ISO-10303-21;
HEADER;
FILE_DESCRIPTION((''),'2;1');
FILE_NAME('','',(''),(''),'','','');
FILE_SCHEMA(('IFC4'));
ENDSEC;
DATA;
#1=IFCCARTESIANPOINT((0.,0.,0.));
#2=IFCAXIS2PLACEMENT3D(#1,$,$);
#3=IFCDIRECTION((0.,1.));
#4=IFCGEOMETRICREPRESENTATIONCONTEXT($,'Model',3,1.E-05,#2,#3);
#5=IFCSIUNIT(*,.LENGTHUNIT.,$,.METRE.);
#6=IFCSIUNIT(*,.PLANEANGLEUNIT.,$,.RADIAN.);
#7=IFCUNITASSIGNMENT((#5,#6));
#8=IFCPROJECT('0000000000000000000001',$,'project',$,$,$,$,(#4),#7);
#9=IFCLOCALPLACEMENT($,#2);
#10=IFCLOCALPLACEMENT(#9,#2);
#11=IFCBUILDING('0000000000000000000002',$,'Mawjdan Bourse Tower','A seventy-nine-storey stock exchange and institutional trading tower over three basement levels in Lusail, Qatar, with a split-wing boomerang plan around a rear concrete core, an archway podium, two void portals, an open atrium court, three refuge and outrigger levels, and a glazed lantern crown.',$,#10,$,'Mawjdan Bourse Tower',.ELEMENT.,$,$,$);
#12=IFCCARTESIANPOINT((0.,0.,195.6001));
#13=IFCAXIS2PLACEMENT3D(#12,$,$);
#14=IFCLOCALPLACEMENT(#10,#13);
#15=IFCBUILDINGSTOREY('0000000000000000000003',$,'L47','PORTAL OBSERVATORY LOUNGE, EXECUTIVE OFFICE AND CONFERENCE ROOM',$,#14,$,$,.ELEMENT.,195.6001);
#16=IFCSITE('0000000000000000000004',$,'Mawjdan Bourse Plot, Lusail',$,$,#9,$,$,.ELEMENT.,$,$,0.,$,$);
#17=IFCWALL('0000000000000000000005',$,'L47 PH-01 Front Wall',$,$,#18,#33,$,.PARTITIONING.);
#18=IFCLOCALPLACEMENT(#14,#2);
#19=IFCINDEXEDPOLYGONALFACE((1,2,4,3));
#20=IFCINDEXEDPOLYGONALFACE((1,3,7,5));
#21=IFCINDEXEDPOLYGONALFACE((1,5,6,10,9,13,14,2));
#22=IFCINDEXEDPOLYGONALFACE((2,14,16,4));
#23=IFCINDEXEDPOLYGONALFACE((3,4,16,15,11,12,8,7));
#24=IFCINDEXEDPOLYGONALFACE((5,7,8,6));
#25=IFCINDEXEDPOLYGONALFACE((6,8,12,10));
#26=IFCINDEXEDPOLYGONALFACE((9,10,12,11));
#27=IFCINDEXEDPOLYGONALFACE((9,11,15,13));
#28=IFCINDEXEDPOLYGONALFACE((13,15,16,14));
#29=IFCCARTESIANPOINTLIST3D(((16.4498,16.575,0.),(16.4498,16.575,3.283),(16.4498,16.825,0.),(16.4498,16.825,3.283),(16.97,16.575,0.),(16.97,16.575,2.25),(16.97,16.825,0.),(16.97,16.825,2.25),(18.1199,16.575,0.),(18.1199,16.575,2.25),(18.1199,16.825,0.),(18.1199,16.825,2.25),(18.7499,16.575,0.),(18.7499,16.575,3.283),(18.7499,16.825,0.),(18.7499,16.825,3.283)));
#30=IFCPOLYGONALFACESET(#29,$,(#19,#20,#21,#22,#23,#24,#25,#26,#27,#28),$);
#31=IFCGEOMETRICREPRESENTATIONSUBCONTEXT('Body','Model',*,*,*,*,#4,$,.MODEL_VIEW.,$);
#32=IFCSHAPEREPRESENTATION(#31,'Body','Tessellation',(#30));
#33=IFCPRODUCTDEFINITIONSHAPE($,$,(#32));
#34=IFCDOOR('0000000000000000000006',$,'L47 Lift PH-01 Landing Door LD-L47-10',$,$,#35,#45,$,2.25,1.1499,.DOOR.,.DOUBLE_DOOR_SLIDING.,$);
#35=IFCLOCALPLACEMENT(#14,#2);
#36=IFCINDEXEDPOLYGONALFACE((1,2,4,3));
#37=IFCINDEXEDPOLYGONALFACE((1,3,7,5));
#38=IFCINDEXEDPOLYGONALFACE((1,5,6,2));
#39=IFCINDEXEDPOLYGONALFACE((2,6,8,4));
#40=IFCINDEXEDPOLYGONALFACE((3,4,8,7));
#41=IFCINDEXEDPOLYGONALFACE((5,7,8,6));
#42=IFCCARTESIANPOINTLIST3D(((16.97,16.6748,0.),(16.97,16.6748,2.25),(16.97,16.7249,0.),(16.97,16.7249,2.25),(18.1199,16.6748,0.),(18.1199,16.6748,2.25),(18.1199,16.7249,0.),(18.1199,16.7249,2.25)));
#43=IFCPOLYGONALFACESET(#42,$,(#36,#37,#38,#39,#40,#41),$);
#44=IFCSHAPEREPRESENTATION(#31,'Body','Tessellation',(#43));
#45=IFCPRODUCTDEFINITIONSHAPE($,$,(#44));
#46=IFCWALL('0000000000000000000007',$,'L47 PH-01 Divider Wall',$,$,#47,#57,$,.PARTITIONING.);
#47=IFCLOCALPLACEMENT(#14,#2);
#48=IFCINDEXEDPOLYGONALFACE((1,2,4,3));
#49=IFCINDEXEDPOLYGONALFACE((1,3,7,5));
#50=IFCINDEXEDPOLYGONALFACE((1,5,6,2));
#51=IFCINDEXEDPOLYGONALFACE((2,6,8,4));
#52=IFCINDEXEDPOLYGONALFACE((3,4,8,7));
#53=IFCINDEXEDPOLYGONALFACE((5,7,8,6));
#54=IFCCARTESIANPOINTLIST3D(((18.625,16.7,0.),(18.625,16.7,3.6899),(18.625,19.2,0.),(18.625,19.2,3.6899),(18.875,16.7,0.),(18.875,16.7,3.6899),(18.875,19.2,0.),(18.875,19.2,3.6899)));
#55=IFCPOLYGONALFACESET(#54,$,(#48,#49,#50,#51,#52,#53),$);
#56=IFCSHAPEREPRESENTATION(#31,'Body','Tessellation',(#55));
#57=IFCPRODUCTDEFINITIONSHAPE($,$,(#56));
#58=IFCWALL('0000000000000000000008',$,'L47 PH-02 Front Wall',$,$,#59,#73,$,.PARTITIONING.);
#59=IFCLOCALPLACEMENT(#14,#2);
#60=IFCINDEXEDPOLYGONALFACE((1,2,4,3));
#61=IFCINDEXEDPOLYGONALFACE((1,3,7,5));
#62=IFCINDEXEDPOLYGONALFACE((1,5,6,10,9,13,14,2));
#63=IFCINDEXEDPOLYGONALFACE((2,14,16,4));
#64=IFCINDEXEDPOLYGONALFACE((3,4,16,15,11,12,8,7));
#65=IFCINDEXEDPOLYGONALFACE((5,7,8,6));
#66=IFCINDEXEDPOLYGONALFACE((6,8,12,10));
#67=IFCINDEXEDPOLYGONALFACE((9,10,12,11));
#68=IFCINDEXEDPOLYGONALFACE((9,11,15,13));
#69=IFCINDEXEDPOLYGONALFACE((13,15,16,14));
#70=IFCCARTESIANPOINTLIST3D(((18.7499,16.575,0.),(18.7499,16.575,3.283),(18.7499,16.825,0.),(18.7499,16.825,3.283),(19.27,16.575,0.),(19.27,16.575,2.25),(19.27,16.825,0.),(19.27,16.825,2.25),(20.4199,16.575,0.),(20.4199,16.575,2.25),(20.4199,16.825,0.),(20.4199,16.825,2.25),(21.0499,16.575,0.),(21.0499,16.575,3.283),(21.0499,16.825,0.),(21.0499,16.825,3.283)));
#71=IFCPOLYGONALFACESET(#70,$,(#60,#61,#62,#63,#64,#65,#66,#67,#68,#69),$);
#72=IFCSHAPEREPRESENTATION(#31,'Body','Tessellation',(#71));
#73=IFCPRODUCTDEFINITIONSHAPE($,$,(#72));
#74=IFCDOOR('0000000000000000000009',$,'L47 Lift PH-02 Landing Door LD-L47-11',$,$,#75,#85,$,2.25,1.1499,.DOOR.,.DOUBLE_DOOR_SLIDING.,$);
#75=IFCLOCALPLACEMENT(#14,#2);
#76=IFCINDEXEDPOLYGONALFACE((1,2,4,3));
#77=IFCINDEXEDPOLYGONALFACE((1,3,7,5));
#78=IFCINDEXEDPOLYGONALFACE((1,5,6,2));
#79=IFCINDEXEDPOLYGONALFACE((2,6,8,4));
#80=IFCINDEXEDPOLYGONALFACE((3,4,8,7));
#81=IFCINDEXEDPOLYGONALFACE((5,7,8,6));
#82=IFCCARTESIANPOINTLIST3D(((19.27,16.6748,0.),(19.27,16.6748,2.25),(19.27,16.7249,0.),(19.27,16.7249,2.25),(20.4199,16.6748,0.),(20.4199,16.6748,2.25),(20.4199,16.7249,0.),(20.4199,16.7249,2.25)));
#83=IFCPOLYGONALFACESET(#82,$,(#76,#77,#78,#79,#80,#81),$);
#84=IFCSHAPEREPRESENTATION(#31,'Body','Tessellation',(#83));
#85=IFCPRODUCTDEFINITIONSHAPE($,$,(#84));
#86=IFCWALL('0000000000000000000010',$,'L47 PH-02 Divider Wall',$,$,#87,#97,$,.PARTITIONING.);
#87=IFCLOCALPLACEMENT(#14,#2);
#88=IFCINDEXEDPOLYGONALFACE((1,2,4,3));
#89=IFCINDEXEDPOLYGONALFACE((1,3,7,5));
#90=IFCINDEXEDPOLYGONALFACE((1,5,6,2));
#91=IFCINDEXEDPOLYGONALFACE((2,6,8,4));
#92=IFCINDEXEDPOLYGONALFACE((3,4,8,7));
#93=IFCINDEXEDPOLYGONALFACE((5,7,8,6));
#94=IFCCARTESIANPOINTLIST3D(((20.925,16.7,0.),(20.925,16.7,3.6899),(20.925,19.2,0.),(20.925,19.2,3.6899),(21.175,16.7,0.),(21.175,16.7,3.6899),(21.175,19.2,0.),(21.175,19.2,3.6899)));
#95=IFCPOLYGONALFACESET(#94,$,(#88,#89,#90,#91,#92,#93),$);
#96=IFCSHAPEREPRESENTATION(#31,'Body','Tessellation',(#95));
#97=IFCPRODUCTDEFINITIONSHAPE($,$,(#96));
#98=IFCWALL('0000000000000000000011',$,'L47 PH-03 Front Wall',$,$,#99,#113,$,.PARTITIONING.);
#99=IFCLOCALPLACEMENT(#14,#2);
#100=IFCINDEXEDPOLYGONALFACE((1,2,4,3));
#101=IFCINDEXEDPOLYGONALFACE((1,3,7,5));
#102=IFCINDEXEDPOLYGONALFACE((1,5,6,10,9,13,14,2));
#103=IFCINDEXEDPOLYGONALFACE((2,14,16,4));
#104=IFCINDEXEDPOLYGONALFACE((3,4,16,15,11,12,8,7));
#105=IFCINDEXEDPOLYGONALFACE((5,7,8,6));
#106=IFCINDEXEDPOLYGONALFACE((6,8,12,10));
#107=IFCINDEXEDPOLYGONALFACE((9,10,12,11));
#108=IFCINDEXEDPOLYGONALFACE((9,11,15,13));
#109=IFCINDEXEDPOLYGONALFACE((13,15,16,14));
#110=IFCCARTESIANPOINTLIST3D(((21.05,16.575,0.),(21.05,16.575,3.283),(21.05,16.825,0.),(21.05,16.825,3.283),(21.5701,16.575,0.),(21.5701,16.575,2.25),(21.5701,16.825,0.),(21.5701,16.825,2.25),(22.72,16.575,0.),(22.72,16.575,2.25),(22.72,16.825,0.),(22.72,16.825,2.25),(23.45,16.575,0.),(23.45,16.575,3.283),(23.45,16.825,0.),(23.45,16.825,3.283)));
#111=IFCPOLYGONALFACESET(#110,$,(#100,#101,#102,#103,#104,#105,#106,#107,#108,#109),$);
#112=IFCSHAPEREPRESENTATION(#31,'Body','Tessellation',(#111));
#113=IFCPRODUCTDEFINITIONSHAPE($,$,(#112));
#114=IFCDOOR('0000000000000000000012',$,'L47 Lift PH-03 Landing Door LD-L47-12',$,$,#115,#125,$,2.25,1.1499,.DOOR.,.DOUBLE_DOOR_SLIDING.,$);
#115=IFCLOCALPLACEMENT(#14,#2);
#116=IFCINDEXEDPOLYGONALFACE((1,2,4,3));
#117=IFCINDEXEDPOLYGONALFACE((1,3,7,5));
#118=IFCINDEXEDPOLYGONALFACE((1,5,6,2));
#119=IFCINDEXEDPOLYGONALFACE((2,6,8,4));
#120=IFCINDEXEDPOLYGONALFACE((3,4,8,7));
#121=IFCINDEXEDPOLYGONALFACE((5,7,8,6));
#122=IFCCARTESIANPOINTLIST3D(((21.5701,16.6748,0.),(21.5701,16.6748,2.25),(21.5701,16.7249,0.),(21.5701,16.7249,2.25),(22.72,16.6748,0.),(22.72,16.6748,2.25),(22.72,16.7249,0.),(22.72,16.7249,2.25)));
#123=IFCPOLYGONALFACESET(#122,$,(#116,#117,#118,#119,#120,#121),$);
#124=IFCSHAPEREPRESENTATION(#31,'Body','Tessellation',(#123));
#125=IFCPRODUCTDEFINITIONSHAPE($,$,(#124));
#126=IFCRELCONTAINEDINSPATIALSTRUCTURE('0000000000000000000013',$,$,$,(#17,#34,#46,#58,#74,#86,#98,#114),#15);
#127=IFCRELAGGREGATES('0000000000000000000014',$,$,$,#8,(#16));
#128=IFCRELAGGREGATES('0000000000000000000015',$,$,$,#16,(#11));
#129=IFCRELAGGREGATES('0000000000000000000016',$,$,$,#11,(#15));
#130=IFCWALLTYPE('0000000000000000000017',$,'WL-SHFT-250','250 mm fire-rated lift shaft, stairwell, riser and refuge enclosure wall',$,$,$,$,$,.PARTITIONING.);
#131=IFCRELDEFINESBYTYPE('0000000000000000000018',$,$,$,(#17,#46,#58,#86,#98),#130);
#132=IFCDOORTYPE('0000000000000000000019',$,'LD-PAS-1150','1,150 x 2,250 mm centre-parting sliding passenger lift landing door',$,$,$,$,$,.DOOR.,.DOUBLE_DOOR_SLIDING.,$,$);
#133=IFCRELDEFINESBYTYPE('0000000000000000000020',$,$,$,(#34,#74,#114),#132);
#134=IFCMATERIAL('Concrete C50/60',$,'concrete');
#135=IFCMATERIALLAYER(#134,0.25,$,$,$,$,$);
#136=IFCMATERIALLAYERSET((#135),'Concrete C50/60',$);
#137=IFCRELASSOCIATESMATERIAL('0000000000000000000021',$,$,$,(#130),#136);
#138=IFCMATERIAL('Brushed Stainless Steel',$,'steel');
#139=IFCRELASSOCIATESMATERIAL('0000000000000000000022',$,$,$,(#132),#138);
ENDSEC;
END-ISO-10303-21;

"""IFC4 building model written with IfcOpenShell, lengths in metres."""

from ifc_helpers import new_model, si_unit, direction, frame, frame_2d, origin, place, context, subcontext, project, spatial, rectangle, extrude, material, layer, layer_set, type_object, element, fill, save


model = new_model("IFC4")

# Units and contexts
model_context = context("Model", 3, precision=1e-05, world=origin(), true_north=direction((0.0, 1.0)))
body_context = subcontext(model_context, "Body", "Model", "MODEL_VIEW")
ifc_project = project(units=[si_unit("LENGTHUNIT", "METRE"), si_unit("PLANEANGLEUNIT", "RADIAN")], contexts=[model_context])

# Site, building, storey
site_placement = place(None, origin())
site = spatial("IfcSite", under=ifc_project, at=site_placement, Name="Mawjdan Bourse Plot, Lusail", CompositionType="ELEMENT", RefElevation=0.0)
building_placement = place(site_placement, origin())
building = spatial("IfcBuilding", under=site, at=building_placement, Name="Mawjdan Bourse Tower", Description="A seventy-nine-storey stock exchange and institutional trading tower over three basement levels in Lusail, Qatar, with a split-wing boomerang plan around a rear concrete core, an archway podium, two void portals, an open atrium court, three refuge and outrigger levels, and a glazed lantern crown.", LongName="Mawjdan Bourse Tower", CompositionType="ELEMENT")
storey_placement = place(building_placement, frame((0.0, 0.0, 195.6001)))
storey = spatial("IfcBuildingStorey", under=building, at=storey_placement, Name="L47", Description="PORTAL OBSERVATORY LOUNGE, EXECUTIVE OFFICE AND CONFERENCE ROOM", CompositionType="ELEMENT", Elevation=195.6001)

# Shared definitions
ifc_material_1 = material(Name="Concrete C50/60", Category="concrete")
ifc_layer_1 = layer(ifc_material_1, 0.25)
ifc_layer_set_1 = layer_set([ifc_layer_1], Name="Concrete C50/60")
wall_type_1 = type_object("IfcWallType", Name="WL-SHFT-250", Description="250 mm fire-rated lift shaft, stairwell, riser and refuge enclosure wall", PredefinedType="PARTITIONING", material=ifc_layer_set_1)

# Wall, opening, door
wall_1_placement = place(storey_placement, frame((16.45, 16.7, 0.0), z_axis=(0.0, 0.0, 1.0), x_axis=(1.0, 0.0, 0.0)))
wall_1 = element("IfcWall", 1, at=wall_1_placement, inside=storey, type_object=wall_type_1, Name="L47 PH-01 Front Wall", PredefinedType="PARTITIONING", context=body_context, shape_type="SweptSolid", body=[
    extrude(rectangle(XDim=2.3, YDim=0.25, at=frame_2d((1.1499, 0.0))), origin(), (0.0, 0.0, 1.0), 3.283),
])
opening_1_placement = place(wall_1_placement, frame((0.52, 0.0, 0.0)))
opening_1 = element("IfcOpeningElement", 2, at=opening_1_placement, cuts=wall_1, PredefinedType="OPENING", context=body_context, shape_type="SweptSolid", body=[
    extrude(rectangle(XDim=1.1499, YDim=2.25, at=frame_2d((0.575, 1.125))), frame((0.0, 0.135, 0.0), z_axis=(0.0, -1.0, 0.0), x_axis=(1.0, 0.0, 0.0)), (0.0, 0.0, 1.0), 0.27),
])
ifc_material_2 = material(Name="Brushed Stainless Steel", Category="steel")
door_type_1 = type_object("IfcDoorType", Name="LD-PAS-1150", Description="1,150 x 2,250 mm centre-parting sliding passenger lift landing door", OperationType="DOUBLE_DOOR_SLIDING", PredefinedType="DOOR", material=ifc_material_2)
door_1_placement = place(opening_1_placement, origin())
door_1 = element("IfcDoor", 3, at=door_1_placement, inside=storey, type_object=door_type_1, Name="L47 Lift PH-01 Landing Door LD-L47-10", OperationType="DOUBLE_DOOR_SLIDING", OverallHeight=2.25, OverallWidth=1.1499, PredefinedType="DOOR", context=body_context, shape_type="SweptSolid", body=[
    extrude(rectangle(XDim=1.1499, YDim=2.25, at=frame_2d((0.575, 1.125))), frame((0.0, 0.0249, 0.0), z_axis=(0.0, -1.0, 0.0), x_axis=(1.0, 0.0, 0.0)), (0.0, 0.0, 1.0), 0.05),
])
fill(opening_1, door_1)

# Wall
wall_2_placement = place(storey_placement, frame((18.75, 16.7, 0.0), z_axis=(0.0, 0.0, 1.0), x_axis=(0.0, 1.0, 0.0)))
element("IfcWall", 4, at=wall_2_placement, inside=storey, type_object=wall_type_1, Name="L47 PH-01 Divider Wall", PredefinedType="PARTITIONING", context=body_context, shape_type="SweptSolid", body=[
    extrude(rectangle(XDim=2.5, YDim=0.25, at=frame_2d((1.25, 0.0))), origin(), (0.0, 0.0, 1.0), 3.6899),
])

# Wall, opening, door
wall_3_placement = place(storey_placement, frame((18.75, 16.7, 0.0), z_axis=(0.0, 0.0, 1.0), x_axis=(1.0, 0.0, 0.0)))
wall_3 = element("IfcWall", 5, at=wall_3_placement, inside=storey, type_object=wall_type_1, Name="L47 PH-02 Front Wall", PredefinedType="PARTITIONING", context=body_context, shape_type="SweptSolid", body=[
    extrude(rectangle(XDim=2.3, YDim=0.25, at=frame_2d((1.1499, 0.0))), origin(), (0.0, 0.0, 1.0), 3.283),
])
opening_2_placement = place(wall_3_placement, frame((0.52, 0.0, 0.0)))
opening_2 = element("IfcOpeningElement", 6, at=opening_2_placement, cuts=wall_3, PredefinedType="OPENING", context=body_context, shape_type="SweptSolid", body=[
    extrude(rectangle(XDim=1.1499, YDim=2.25, at=frame_2d((0.575, 1.125))), frame((0.0, 0.135, 0.0), z_axis=(0.0, -1.0, 0.0), x_axis=(1.0, 0.0, 0.0)), (0.0, 0.0, 1.0), 0.27),
])
door_2_placement = place(opening_2_placement, origin())
door_2 = element("IfcDoor", 7, at=door_2_placement, inside=storey, type_object=door_type_1, Name="L47 Lift PH-02 Landing Door LD-L47-11", OperationType="DOUBLE_DOOR_SLIDING", OverallHeight=2.25, OverallWidth=1.1499, PredefinedType="DOOR", context=body_context, shape_type="SweptSolid", body=[
    extrude(rectangle(XDim=1.1499, YDim=2.25, at=frame_2d((0.575, 1.125))), frame((0.0, 0.0249, 0.0), z_axis=(0.0, -1.0, 0.0), x_axis=(1.0, 0.0, 0.0)), (0.0, 0.0, 1.0), 0.05),
])
fill(opening_2, door_2)

# Wall
wall_4_placement = place(storey_placement, frame((21.05, 16.7, 0.0), z_axis=(0.0, 0.0, 1.0), x_axis=(0.0, 1.0, 0.0)))
element("IfcWall", 8, at=wall_4_placement, inside=storey, type_object=wall_type_1, Name="L47 PH-02 Divider Wall", PredefinedType="PARTITIONING", context=body_context, shape_type="SweptSolid", body=[
    extrude(rectangle(XDim=2.5, YDim=0.25, at=frame_2d((1.25, 0.0))), origin(), (0.0, 0.0, 1.0), 3.6899),
])

# Wall, opening, door
wall_5_placement = place(storey_placement, frame((21.05, 16.7, 0.0), z_axis=(0.0, 0.0, 1.0), x_axis=(1.0, 0.0, 0.0)))
wall_5 = element("IfcWall", 9, at=wall_5_placement, inside=storey, type_object=wall_type_1, Name="L47 PH-03 Front Wall", PredefinedType="PARTITIONING", context=body_context, shape_type="SweptSolid", body=[
    extrude(rectangle(XDim=2.3999, YDim=0.25, at=frame_2d((1.2, 0.0))), origin(), (0.0, 0.0, 1.0), 3.283),
])
opening_3_placement = place(wall_5_placement, frame((0.52, 0.0, 0.0)))
opening_3 = element("IfcOpeningElement", 10, at=opening_3_placement, cuts=wall_5, PredefinedType="OPENING", context=body_context, shape_type="SweptSolid", body=[
    extrude(rectangle(XDim=1.1499, YDim=2.25, at=frame_2d((0.575, 1.125))), frame((0.0, 0.135, 0.0), z_axis=(0.0, -1.0, 0.0), x_axis=(1.0, 0.0, 0.0)), (0.0, 0.0, 1.0), 0.27),
])
door_3_placement = place(opening_3_placement, origin())
door_3 = element("IfcDoor", 11, at=door_3_placement, inside=storey, type_object=door_type_1, Name="L47 Lift PH-03 Landing Door LD-L47-12", OperationType="DOUBLE_DOOR_SLIDING", OverallHeight=2.25, OverallWidth=1.1499, PredefinedType="DOOR", context=body_context, shape_type="SweptSolid", body=[
    extrude(rectangle(XDim=1.1499, YDim=2.25, at=frame_2d((0.575, 1.125))), frame((0.0, 0.0249, 0.0), z_axis=(0.0, -1.0, 0.0), x_axis=(1.0, 0.0, 0.0)), (0.0, 0.0, 1.0), 0.05),
])
fill(opening_3, door_3)

save(model, "model.ifc")
